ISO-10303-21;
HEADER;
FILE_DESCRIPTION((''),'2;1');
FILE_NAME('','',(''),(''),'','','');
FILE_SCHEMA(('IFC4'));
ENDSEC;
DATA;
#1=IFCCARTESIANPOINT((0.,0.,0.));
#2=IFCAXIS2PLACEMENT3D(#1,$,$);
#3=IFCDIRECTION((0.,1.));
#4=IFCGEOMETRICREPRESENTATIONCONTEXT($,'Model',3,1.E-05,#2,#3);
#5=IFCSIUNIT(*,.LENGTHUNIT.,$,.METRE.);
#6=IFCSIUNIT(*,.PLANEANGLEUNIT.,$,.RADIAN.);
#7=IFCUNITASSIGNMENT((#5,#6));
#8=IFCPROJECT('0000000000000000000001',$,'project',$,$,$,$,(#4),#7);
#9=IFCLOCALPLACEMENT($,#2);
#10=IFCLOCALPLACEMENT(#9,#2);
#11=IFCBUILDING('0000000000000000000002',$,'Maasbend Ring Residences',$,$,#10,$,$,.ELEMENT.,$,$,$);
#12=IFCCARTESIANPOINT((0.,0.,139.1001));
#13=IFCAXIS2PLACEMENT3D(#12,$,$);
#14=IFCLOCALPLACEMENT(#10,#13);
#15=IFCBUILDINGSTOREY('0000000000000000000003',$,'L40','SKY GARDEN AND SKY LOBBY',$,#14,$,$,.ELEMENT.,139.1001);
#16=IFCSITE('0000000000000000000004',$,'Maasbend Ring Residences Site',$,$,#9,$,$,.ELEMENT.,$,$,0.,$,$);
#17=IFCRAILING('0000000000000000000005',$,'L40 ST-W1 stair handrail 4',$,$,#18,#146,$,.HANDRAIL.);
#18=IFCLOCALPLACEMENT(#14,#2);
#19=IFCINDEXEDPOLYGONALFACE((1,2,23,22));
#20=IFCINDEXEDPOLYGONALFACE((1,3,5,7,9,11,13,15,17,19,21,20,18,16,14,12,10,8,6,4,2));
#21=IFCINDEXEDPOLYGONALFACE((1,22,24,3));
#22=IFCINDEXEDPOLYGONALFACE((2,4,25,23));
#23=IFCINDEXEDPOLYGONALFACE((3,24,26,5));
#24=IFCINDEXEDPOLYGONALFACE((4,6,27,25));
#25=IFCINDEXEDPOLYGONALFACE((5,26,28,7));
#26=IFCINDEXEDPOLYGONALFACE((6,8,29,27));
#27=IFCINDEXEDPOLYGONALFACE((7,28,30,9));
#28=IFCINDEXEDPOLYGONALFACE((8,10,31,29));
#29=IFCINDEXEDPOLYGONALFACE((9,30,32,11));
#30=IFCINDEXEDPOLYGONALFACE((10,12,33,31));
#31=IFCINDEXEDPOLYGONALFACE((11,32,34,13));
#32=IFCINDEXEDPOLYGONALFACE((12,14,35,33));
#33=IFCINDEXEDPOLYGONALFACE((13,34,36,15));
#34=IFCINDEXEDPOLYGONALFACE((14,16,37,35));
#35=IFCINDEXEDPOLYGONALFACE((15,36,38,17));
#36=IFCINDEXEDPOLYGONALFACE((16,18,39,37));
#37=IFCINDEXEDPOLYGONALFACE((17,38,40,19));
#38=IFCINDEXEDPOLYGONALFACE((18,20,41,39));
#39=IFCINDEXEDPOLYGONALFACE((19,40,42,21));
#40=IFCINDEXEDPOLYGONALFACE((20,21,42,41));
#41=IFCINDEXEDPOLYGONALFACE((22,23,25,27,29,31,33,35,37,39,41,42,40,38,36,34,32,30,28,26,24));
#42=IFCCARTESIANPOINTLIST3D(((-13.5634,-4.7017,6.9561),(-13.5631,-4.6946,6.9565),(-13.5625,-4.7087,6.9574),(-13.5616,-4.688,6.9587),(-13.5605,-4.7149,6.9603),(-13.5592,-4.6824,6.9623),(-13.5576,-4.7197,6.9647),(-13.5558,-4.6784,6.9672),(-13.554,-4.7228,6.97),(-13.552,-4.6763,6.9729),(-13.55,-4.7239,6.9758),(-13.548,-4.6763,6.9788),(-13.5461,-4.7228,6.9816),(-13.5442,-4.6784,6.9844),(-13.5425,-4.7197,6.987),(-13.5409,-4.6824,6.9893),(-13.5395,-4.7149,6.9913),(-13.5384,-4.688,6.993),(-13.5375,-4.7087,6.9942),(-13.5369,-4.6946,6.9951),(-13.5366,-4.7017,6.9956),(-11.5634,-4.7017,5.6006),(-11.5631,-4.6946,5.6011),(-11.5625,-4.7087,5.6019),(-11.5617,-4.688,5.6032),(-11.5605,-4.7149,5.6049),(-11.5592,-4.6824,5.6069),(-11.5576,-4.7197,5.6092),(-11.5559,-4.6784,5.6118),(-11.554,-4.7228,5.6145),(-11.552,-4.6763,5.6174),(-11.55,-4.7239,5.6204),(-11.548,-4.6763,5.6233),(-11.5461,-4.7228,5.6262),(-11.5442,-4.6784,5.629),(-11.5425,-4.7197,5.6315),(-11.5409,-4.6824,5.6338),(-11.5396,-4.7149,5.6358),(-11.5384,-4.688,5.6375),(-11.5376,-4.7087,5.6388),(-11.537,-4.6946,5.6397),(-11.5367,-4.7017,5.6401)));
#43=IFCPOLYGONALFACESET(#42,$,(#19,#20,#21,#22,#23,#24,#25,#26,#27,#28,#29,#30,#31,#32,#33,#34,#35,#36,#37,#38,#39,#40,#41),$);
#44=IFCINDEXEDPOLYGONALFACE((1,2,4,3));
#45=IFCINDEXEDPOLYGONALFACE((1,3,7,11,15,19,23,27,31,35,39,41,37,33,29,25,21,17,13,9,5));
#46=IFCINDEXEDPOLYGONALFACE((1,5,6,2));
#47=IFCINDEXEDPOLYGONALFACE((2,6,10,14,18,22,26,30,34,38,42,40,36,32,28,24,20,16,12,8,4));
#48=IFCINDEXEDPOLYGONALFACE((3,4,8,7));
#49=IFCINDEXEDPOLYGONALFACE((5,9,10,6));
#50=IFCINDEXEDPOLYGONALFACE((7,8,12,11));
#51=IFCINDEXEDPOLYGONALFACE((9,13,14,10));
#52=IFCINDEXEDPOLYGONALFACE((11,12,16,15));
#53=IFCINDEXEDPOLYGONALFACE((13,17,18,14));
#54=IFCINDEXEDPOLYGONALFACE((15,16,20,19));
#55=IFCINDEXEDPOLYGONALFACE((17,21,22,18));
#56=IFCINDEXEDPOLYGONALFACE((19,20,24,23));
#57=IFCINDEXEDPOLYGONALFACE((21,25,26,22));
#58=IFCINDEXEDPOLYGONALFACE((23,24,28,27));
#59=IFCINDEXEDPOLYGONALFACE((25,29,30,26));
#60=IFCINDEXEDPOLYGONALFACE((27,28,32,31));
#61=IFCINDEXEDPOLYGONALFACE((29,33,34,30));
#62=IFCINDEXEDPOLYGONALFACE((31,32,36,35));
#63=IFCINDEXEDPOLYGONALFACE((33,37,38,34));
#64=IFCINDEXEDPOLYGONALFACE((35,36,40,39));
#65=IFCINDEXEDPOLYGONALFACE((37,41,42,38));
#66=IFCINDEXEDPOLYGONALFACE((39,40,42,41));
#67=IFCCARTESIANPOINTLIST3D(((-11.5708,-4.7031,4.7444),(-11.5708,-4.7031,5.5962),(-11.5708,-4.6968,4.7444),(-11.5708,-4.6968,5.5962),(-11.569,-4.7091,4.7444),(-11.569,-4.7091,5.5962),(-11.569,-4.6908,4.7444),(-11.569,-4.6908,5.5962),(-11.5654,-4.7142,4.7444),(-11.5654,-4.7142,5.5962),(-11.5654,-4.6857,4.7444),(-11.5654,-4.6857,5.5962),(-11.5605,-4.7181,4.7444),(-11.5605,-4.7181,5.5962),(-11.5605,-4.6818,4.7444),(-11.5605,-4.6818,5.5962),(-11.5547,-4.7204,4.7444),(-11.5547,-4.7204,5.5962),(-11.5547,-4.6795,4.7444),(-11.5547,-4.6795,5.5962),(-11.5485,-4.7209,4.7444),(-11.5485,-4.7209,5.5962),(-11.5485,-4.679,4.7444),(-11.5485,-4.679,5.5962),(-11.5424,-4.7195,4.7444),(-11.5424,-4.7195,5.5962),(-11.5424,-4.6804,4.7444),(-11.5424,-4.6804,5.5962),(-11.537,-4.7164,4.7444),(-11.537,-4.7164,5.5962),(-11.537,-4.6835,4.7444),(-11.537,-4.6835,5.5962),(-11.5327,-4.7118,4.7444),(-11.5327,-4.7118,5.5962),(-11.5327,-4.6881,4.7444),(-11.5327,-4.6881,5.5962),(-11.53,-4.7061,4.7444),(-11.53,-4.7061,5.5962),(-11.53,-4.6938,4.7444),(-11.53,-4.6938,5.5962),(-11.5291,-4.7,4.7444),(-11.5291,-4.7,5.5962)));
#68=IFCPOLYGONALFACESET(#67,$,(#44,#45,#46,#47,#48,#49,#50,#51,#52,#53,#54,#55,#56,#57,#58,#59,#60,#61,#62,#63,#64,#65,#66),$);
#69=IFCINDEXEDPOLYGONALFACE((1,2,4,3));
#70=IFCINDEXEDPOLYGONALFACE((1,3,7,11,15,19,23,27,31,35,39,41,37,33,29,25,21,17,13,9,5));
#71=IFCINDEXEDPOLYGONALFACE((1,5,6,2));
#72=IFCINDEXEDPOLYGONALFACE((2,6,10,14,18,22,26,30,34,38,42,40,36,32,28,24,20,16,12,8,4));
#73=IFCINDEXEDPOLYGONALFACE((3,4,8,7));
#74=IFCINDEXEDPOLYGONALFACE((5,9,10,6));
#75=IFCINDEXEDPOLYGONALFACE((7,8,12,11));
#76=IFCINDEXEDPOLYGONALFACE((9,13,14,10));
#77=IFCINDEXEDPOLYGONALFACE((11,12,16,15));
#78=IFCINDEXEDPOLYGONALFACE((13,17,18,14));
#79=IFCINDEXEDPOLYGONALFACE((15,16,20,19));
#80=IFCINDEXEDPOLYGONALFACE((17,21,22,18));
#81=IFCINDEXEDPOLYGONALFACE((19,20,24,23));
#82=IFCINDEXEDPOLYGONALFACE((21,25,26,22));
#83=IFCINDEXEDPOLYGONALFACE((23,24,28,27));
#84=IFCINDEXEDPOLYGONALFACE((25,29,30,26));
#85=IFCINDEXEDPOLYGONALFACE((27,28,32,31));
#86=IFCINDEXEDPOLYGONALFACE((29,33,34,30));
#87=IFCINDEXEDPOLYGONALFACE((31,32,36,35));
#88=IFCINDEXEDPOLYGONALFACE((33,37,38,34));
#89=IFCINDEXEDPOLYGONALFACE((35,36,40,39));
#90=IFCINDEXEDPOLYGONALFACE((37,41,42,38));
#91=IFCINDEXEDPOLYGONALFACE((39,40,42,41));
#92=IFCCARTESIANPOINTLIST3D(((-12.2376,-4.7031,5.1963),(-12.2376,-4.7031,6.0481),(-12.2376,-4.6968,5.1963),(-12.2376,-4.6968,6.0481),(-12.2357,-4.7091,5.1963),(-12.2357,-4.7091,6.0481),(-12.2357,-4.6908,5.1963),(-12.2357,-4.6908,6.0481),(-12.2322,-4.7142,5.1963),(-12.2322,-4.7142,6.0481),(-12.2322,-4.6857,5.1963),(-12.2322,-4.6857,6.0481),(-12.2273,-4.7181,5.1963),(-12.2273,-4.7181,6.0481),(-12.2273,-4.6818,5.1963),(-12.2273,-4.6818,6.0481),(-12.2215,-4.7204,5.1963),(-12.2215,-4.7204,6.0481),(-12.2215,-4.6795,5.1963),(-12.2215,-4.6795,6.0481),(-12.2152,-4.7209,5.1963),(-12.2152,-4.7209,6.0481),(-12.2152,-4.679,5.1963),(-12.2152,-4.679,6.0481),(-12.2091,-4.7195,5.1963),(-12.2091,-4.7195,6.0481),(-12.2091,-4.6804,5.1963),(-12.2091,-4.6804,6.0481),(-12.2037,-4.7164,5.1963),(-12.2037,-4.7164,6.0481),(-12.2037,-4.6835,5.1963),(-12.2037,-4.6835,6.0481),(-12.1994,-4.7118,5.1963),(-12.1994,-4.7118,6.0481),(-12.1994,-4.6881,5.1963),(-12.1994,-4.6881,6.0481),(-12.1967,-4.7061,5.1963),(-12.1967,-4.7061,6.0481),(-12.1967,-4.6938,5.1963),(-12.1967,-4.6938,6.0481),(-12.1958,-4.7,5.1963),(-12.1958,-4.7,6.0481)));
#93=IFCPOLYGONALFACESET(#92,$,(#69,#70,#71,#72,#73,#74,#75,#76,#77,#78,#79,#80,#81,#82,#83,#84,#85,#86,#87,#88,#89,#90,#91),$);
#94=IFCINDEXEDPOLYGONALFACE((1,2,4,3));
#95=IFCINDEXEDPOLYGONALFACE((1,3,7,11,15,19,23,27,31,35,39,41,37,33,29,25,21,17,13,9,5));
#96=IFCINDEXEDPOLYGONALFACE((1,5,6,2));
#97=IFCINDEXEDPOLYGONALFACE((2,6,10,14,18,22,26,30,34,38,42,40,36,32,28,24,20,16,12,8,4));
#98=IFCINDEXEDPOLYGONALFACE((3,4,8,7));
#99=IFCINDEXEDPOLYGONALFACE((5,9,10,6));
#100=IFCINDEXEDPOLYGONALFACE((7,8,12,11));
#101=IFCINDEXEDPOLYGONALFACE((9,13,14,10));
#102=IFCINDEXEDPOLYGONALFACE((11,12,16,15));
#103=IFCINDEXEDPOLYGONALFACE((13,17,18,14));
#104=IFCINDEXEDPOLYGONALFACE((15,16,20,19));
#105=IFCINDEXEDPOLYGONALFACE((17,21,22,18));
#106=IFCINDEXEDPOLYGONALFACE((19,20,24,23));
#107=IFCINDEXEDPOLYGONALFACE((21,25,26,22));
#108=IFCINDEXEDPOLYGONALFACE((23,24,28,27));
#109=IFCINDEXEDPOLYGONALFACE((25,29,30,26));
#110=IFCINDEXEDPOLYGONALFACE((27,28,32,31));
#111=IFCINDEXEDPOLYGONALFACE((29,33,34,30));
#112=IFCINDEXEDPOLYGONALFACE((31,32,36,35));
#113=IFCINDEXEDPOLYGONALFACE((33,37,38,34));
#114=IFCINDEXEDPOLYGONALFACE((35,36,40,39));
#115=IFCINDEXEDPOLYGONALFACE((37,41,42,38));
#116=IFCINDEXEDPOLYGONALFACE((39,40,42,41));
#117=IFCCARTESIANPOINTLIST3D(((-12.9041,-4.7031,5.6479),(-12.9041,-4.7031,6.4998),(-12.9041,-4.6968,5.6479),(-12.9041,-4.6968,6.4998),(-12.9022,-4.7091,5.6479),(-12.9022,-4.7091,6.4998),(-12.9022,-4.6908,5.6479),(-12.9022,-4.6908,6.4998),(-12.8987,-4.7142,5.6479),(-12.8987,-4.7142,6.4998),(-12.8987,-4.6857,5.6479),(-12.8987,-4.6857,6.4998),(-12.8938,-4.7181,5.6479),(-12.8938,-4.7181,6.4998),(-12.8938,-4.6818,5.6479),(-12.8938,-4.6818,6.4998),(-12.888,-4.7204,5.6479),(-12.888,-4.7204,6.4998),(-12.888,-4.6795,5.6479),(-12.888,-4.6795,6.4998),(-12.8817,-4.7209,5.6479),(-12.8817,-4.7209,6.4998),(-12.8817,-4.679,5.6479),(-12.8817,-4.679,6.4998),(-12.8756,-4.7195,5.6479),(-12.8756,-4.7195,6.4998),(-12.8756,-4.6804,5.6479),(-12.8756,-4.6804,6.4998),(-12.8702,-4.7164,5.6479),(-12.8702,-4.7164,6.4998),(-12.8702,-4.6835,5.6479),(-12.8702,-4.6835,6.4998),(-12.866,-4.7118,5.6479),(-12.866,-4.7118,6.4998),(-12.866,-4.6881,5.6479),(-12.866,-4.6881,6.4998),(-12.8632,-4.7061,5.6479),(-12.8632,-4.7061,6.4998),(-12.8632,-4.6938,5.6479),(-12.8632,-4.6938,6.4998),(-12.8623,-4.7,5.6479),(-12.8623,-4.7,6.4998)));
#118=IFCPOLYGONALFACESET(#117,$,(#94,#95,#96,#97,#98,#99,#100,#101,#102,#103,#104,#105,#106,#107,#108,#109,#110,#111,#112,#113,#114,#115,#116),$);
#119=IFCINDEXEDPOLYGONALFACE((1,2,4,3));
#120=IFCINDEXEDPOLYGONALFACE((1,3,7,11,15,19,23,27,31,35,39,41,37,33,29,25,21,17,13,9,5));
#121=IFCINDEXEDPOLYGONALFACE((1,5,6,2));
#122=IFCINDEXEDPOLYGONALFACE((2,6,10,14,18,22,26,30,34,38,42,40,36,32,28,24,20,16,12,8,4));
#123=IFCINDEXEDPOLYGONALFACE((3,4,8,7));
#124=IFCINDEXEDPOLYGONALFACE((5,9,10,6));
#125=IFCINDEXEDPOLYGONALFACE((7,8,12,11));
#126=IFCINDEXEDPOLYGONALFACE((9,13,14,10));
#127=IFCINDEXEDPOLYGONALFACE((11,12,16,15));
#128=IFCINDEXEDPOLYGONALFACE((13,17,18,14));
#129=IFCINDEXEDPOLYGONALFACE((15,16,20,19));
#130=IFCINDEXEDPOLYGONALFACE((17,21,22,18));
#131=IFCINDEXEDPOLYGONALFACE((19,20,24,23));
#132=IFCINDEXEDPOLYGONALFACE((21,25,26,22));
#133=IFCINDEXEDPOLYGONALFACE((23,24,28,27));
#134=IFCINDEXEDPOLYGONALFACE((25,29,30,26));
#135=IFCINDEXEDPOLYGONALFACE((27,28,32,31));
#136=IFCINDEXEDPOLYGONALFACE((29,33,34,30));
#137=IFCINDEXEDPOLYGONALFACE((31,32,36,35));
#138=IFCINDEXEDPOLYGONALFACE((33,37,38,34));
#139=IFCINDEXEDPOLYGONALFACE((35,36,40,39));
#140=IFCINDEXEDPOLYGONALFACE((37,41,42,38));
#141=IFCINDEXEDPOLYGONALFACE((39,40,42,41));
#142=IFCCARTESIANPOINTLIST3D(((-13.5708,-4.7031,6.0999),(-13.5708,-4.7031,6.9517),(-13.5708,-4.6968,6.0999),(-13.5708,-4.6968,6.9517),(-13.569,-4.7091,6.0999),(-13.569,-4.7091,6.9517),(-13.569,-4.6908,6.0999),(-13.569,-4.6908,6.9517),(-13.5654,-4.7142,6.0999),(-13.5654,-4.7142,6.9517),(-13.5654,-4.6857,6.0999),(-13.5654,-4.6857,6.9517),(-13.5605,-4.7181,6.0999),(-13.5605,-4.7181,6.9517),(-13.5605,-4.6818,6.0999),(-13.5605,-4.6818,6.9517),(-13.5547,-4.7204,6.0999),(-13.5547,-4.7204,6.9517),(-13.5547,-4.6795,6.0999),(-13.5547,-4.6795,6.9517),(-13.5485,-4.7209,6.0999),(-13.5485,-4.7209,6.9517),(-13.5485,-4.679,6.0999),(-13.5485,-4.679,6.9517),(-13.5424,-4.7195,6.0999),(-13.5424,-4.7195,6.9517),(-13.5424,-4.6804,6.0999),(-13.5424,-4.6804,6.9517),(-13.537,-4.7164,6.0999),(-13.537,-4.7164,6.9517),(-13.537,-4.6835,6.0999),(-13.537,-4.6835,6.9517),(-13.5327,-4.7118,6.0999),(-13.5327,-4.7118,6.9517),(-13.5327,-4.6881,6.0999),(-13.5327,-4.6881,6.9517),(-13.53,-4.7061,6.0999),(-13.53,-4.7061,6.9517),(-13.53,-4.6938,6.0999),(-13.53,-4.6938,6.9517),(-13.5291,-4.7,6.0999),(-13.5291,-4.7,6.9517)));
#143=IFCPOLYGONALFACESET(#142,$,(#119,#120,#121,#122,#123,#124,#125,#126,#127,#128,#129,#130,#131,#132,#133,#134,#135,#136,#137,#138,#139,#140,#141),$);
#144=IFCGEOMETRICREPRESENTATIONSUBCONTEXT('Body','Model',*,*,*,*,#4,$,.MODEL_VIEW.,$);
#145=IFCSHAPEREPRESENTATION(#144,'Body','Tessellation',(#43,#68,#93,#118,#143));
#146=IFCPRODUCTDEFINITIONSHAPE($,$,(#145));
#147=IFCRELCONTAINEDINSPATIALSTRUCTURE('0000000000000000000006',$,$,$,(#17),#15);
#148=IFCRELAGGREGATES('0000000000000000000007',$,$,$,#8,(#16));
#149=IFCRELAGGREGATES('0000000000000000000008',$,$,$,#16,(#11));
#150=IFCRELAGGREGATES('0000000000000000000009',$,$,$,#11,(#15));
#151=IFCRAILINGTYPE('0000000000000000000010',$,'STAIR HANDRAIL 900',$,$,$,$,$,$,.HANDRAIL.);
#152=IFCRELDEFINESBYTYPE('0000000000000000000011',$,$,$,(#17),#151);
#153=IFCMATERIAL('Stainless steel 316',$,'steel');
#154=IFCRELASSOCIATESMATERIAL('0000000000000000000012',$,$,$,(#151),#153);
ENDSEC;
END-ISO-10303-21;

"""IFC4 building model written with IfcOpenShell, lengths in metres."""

from ifc_helpers import new_model, si_unit, direction, frame, origin, origin_2d, place, context, subcontext, project, spatial, circle, extrude, material, type_object, element, save


model = new_model("IFC4")

# Units and contexts
model_context = context("Model", 3, precision=1e-05, world=origin(), true_north=direction((0.0, 1.0)))
body_context = subcontext(model_context, "Body", "Model", "MODEL_VIEW")
ifc_project = project(units=[si_unit("LENGTHUNIT", "METRE"), si_unit("PLANEANGLEUNIT", "RADIAN")], contexts=[model_context])

# Site, building, storey
site_placement = place(None, origin())
site = spatial("IfcSite", under=ifc_project, at=site_placement, Name="Maasbend Ring Residences Site", CompositionType="ELEMENT", RefElevation=0.0)
building_placement = place(site_placement, origin())
building = spatial("IfcBuilding", under=site, at=building_placement, Name="Maasbend Ring Residences", CompositionType="ELEMENT")
storey_placement = place(building_placement, frame((0.0, 0.0, 139.1001)))
storey = spatial("IfcBuildingStorey", under=building, at=storey_placement, Name="L40", Description="SKY GARDEN AND SKY LOBBY", CompositionType="ELEMENT", Elevation=139.1001)

# Railing
ifc_material_1 = material(Name="Stainless steel 316", Category="steel")
railing_type_1 = type_object("IfcRailingType", Name="STAIR HANDRAIL 900", PredefinedType="HANDRAIL", material=ifc_material_1)
railing_1_placement = place(storey_placement, frame((-11.55, -4.7, 4.7444)))
element("IfcRailing", 1, at=railing_1_placement, inside=storey, type_object=railing_type_1, Name="L40 ST-W1 stair handrail 4", PredefinedType="HANDRAIL", context=body_context, shape_type="SweptSolid", body=[
    extrude(circle(Radius=0.0239, at=origin_2d()), frame((0.0, 0.0, 0.876), z_axis=(-0.827798, 0.0, 0.561027), x_axis=(0.0, -1.0, 0.0)), (0.0, 0.0, 1.0), 2.416),
    extrude(circle(Radius=0.021, at=origin_2d()), origin(), (0.0, 0.0, 1.0), 0.8518),
    extrude(circle(Radius=0.021, at=origin_2d()), frame((-0.6667, 0.0, 0.4519)), (0.0, 0.0, 1.0), 0.8518),
    extrude(circle(Radius=0.021, at=origin_2d()), frame((-1.3333, 0.0, 0.9036)), (0.0, 0.0, 1.0), 0.8518),
    extrude(circle(Radius=0.021, at=origin_2d()), frame((-2.0, 0.0, 1.3555)), (0.0, 0.0, 1.0), 0.8518),
])

save(model, "model.ifc")
